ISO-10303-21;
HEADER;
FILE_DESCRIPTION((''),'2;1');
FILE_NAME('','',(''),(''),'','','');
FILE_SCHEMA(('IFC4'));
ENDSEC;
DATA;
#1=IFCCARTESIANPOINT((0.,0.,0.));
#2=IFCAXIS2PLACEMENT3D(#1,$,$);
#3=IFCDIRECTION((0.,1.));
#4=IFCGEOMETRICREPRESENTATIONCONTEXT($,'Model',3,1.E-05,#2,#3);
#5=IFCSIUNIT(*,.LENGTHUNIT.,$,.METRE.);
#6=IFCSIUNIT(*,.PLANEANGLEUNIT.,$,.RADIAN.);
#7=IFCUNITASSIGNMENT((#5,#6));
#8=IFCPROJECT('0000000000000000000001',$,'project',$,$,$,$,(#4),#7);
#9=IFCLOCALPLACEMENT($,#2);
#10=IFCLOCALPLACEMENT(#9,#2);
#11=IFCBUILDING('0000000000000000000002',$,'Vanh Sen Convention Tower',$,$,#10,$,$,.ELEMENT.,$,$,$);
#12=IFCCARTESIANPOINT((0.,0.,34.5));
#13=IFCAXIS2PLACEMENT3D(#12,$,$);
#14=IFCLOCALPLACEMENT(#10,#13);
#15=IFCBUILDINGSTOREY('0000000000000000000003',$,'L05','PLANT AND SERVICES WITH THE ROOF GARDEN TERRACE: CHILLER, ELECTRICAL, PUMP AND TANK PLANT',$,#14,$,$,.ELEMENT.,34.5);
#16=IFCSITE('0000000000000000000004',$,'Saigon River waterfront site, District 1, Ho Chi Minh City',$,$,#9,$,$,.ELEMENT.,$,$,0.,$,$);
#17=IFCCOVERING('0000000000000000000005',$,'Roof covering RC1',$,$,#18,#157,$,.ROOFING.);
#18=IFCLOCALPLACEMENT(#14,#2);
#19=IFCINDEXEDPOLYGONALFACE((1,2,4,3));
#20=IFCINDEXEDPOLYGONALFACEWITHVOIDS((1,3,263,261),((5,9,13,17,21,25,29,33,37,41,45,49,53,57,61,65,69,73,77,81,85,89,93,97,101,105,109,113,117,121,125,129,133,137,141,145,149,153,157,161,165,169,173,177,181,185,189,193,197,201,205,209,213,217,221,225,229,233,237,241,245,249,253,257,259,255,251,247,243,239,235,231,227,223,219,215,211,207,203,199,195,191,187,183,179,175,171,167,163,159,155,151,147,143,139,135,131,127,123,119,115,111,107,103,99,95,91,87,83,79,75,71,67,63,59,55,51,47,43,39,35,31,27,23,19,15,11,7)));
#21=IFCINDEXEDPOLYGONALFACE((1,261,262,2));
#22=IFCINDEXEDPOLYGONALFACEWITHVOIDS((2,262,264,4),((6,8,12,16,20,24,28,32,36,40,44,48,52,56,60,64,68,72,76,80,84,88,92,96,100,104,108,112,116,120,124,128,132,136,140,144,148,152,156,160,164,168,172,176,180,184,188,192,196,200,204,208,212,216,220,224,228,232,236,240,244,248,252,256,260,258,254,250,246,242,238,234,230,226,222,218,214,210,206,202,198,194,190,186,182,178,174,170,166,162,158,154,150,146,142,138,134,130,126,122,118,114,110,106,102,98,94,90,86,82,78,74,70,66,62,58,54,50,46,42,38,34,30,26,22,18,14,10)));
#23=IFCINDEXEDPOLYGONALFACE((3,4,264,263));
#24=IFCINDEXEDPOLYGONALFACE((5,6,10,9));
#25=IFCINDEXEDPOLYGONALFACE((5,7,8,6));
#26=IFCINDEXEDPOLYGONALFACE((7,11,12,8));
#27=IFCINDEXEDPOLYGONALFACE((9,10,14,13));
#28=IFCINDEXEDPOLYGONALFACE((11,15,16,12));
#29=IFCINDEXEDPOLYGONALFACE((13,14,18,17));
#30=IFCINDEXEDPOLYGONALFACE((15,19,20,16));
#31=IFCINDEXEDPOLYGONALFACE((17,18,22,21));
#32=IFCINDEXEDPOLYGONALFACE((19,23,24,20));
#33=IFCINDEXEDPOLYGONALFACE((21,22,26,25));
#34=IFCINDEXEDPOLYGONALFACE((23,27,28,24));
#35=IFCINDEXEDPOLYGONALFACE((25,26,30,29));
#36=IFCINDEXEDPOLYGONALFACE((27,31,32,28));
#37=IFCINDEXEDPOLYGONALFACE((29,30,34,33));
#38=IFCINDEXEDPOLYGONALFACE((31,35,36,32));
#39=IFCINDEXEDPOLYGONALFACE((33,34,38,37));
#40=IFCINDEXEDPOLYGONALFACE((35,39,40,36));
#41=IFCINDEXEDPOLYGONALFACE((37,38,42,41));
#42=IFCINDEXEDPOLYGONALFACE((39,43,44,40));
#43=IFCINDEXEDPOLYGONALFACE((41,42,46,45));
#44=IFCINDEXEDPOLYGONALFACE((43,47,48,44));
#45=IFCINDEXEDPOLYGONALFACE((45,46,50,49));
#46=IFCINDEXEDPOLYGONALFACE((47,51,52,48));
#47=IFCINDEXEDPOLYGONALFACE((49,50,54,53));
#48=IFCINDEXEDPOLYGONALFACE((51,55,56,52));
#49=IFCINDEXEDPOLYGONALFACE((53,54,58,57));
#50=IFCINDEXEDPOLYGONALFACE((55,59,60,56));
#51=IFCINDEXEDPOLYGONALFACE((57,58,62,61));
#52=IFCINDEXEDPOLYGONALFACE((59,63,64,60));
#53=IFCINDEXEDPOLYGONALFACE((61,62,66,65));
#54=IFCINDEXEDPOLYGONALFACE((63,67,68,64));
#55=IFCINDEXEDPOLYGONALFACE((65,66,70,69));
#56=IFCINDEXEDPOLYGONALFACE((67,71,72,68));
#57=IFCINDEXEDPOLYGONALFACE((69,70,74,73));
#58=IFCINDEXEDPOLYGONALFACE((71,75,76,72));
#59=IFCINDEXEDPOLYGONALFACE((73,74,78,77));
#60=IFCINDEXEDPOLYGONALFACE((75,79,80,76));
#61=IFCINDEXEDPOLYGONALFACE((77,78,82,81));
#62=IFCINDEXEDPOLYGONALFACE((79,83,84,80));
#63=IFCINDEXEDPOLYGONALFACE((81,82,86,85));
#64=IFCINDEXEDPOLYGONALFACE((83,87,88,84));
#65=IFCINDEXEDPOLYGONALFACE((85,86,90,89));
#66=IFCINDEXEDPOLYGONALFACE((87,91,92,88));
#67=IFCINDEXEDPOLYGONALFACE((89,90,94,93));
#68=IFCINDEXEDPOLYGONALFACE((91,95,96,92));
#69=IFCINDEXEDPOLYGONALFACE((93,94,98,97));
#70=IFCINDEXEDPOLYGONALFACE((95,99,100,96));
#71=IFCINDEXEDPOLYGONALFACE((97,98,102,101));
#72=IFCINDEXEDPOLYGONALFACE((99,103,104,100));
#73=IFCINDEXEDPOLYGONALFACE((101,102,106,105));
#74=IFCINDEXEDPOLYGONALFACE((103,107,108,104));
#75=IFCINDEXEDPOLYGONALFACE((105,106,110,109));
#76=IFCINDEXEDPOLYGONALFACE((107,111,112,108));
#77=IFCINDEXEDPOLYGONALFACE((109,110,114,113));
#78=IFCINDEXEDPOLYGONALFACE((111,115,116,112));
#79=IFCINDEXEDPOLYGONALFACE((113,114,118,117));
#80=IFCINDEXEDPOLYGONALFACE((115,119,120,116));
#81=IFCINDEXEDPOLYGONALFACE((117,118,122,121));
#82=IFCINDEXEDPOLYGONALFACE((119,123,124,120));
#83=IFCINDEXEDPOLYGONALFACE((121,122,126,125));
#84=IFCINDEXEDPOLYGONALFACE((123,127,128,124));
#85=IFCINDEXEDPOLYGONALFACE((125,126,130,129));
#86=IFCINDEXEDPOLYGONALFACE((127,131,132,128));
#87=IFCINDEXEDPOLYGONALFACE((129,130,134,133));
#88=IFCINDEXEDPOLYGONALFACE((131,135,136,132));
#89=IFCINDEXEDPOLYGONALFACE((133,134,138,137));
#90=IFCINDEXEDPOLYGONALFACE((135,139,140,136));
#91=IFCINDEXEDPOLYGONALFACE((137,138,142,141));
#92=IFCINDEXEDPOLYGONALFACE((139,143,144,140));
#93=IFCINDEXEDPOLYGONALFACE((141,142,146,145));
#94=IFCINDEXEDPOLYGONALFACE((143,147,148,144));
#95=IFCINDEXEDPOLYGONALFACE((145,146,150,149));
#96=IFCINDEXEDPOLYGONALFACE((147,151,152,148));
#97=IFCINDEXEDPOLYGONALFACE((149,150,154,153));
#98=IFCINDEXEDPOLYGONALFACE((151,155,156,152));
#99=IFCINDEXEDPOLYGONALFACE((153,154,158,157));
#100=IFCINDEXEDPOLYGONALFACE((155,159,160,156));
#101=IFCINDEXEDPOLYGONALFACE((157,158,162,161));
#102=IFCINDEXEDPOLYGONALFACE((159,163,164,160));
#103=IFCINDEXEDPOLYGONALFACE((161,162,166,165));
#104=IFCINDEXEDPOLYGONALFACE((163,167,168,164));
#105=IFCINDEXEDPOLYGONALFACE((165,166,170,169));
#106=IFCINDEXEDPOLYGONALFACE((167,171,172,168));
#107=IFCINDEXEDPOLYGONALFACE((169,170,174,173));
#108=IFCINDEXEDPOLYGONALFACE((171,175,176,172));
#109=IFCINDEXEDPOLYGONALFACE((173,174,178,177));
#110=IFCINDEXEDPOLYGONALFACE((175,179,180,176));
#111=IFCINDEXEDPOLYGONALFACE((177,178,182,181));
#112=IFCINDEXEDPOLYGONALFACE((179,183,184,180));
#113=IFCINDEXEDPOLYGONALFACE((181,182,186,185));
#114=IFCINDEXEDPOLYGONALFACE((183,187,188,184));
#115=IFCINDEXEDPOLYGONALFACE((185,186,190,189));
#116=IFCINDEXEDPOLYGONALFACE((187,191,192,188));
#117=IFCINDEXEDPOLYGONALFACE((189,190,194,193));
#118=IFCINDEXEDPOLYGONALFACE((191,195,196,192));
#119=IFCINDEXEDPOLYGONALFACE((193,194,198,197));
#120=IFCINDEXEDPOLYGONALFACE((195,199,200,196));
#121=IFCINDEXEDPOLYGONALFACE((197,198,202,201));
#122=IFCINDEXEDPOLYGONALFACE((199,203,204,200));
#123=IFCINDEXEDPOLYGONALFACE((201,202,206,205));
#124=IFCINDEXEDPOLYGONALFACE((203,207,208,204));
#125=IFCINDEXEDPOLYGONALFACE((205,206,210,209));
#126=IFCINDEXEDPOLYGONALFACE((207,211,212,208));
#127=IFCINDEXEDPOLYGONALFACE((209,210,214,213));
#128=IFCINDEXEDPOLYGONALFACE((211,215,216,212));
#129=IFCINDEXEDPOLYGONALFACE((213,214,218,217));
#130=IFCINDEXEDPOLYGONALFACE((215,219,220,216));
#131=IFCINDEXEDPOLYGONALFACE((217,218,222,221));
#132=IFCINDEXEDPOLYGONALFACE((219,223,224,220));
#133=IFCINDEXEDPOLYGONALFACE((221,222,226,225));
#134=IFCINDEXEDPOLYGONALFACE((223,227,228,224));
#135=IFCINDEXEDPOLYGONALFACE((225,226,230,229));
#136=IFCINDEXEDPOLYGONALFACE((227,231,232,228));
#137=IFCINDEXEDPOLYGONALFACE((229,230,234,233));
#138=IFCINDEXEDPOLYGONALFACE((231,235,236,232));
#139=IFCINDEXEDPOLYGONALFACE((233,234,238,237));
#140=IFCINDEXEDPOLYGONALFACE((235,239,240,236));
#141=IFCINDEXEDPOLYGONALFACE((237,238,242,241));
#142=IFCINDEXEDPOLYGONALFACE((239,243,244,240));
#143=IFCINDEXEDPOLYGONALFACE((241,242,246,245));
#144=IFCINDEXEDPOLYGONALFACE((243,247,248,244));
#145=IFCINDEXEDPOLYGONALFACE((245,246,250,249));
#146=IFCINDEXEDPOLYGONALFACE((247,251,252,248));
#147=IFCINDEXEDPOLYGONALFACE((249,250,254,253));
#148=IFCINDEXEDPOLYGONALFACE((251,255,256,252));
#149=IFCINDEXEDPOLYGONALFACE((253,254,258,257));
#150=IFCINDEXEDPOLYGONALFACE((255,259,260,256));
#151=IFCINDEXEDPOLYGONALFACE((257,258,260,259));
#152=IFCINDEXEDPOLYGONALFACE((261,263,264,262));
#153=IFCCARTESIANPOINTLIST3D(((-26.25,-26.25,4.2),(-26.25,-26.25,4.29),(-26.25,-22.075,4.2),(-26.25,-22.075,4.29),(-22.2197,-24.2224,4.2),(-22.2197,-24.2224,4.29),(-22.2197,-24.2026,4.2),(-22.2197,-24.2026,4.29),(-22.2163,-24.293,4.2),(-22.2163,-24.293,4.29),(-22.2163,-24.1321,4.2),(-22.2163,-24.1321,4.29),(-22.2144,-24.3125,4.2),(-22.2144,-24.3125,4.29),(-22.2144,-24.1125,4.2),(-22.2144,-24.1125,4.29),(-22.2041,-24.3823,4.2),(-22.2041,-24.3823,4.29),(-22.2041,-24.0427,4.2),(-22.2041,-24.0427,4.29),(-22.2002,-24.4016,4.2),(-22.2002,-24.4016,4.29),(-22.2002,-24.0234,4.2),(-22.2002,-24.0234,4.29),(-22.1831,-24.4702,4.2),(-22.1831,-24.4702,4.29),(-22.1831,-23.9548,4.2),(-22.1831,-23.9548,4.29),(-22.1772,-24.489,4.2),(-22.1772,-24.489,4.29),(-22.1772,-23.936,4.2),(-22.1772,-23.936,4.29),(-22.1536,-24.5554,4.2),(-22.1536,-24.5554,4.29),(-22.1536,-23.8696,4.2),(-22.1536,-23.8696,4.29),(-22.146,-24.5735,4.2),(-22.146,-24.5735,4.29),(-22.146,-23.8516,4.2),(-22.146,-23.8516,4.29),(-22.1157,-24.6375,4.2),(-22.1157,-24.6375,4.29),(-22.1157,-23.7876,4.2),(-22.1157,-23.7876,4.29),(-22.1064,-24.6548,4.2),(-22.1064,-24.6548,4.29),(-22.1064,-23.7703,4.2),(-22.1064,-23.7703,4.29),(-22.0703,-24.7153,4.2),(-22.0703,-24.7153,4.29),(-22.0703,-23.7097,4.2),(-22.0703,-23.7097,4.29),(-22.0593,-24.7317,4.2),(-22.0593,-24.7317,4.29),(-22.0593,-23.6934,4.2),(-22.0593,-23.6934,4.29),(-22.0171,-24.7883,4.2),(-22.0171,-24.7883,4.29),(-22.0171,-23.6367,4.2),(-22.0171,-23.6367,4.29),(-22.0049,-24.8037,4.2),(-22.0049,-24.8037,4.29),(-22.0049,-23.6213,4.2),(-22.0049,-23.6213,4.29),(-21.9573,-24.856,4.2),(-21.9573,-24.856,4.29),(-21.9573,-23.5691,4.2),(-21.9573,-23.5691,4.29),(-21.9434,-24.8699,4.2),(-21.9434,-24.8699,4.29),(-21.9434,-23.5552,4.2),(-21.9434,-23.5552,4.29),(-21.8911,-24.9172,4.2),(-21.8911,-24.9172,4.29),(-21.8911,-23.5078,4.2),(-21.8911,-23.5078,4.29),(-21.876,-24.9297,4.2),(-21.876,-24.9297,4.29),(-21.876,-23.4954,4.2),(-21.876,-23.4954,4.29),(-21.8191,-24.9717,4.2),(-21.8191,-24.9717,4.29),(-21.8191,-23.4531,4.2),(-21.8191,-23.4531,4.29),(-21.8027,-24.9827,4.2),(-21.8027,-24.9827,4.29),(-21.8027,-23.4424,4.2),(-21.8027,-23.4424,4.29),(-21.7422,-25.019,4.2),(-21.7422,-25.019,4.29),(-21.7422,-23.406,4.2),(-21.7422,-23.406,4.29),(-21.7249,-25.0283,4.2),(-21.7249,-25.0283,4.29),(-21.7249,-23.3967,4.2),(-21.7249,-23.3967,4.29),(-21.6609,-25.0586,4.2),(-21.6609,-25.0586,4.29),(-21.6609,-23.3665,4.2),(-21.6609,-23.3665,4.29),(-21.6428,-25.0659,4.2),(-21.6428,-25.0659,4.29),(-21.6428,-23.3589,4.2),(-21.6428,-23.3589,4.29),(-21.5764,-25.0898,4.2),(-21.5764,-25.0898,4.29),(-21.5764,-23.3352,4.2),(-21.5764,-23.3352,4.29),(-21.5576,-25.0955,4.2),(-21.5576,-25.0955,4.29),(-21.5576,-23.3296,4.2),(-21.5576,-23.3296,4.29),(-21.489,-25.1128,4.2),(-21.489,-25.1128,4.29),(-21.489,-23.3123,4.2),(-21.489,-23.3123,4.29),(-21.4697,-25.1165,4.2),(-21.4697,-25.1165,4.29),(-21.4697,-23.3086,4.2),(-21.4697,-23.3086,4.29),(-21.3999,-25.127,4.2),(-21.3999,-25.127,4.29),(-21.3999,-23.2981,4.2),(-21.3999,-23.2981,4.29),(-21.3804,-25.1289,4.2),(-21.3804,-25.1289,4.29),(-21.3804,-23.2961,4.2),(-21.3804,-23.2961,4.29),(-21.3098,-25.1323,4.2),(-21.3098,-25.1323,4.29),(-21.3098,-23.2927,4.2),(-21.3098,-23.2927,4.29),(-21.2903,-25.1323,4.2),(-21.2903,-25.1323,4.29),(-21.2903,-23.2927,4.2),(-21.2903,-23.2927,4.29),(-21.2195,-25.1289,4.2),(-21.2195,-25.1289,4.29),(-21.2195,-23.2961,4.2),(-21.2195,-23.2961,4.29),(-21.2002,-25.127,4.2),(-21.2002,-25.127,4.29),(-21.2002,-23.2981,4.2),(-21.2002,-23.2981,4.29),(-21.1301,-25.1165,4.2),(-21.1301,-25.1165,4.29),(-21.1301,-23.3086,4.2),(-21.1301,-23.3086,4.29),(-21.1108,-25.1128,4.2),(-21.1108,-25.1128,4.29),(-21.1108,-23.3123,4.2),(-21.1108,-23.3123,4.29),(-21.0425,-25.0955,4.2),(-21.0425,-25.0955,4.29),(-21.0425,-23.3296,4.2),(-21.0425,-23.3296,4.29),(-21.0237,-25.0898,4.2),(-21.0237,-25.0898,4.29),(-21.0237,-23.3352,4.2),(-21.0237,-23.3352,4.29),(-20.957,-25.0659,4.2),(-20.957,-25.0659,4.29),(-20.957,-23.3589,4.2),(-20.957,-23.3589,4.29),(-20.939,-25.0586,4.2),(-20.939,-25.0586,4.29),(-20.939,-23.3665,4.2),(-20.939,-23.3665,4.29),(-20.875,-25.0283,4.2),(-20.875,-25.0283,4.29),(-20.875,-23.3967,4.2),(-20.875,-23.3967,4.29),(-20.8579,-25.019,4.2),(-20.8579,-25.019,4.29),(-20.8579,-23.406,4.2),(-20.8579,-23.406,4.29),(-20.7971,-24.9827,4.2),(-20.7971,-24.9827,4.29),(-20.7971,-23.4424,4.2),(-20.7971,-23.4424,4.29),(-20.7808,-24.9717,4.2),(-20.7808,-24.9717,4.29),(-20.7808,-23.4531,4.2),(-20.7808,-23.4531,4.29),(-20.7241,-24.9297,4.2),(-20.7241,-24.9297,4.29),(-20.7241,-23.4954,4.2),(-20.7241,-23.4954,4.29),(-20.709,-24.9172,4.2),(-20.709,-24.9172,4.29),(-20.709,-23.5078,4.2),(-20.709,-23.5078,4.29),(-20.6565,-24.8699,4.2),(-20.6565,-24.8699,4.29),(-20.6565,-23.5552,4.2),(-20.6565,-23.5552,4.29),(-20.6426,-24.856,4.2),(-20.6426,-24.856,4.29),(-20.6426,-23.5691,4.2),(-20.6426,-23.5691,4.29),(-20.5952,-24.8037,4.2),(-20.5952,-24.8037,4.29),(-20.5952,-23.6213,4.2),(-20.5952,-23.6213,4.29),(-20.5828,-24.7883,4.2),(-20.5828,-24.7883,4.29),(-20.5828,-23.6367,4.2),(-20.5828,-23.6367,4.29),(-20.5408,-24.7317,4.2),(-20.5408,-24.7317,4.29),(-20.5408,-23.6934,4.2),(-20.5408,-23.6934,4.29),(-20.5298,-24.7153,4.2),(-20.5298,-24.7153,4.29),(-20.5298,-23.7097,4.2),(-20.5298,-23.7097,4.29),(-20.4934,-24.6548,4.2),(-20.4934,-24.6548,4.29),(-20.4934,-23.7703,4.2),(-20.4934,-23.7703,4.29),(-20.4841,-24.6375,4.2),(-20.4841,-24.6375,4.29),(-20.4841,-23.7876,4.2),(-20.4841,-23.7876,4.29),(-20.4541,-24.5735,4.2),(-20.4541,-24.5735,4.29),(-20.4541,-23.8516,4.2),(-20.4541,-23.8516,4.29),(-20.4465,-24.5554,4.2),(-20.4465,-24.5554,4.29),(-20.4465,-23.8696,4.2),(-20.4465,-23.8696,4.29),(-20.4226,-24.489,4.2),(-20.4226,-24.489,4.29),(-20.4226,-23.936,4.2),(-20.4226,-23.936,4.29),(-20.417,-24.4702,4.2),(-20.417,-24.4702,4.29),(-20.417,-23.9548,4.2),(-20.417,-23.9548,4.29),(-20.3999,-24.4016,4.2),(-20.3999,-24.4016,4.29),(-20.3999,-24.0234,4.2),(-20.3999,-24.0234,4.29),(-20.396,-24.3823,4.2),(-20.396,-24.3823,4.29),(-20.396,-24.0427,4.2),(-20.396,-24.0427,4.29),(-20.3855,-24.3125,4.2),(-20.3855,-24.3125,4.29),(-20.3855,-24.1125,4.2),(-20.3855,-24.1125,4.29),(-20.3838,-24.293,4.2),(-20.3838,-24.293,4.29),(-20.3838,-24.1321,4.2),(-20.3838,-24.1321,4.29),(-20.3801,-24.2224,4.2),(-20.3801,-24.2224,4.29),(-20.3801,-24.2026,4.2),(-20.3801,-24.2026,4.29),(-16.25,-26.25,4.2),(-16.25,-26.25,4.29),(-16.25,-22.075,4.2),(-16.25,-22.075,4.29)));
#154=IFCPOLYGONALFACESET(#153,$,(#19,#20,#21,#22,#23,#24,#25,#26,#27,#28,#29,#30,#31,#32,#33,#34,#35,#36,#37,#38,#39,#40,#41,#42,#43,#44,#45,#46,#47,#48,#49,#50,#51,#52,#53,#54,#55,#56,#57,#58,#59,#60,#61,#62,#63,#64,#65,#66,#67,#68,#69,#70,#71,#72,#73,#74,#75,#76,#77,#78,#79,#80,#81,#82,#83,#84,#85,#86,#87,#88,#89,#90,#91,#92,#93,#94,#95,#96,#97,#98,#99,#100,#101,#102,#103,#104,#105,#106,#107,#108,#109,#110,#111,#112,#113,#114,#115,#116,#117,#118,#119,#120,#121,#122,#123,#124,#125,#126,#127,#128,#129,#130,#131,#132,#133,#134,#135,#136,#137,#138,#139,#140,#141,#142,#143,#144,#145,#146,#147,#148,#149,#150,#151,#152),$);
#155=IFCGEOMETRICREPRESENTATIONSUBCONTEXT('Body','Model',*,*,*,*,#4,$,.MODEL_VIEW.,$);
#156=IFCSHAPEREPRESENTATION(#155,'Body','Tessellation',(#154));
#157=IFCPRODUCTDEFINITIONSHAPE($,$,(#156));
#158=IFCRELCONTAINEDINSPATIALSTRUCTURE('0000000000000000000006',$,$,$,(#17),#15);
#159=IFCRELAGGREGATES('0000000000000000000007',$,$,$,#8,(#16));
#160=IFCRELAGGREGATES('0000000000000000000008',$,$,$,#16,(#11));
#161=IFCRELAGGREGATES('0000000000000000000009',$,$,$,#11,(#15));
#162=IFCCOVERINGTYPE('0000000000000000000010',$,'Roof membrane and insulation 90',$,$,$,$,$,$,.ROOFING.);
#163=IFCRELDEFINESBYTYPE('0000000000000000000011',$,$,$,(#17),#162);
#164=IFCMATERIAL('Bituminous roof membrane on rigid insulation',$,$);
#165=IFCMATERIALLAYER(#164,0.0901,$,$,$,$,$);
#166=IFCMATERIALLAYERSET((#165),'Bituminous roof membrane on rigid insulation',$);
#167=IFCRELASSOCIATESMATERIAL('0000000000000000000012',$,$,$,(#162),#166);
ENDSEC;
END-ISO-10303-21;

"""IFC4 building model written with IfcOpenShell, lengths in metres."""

from ifc_helpers import new_model, si_unit, direction, frame, origin, place, context, subcontext, project, spatial, polyline, outline, extrude, material, layer, layer_set, type_object, element, save


model = new_model("IFC4")

# Units and contexts
model_context = context("Model", 3, precision=1e-05, world=origin(), true_north=direction((0.0, 1.0)))
body_context = subcontext(model_context, "Body", "Model", "MODEL_VIEW")
ifc_project = project(units=[si_unit("LENGTHUNIT", "METRE"), si_unit("PLANEANGLEUNIT", "RADIAN")], contexts=[model_context])

# Site, building, storey
site_placement = place(None, origin())
site = spatial("IfcSite", under=ifc_project, at=site_placement, Name="Saigon River waterfront site, District 1, Ho Chi Minh City", CompositionType="ELEMENT", RefElevation=0.0)
building_placement = place(site_placement, origin())
building = spatial("IfcBuilding", under=site, at=building_placement, Name="Vanh Sen Convention Tower", CompositionType="ELEMENT")
storey_placement = place(building_placement, frame((0.0, 0.0, 34.5)))
storey = spatial("IfcBuildingStorey", under=building, at=storey_placement, Name="L05", Description="PLANT AND SERVICES WITH THE ROOF GARDEN TERRACE: CHILLER, ELECTRICAL, PUMP AND TANK PLANT", CompositionType="ELEMENT", Elevation=34.5)

# Covering
ifc_material_1 = material(Name="Bituminous roof membrane on rigid insulation")
ifc_layer_1 = layer(ifc_material_1, 0.0901)
ifc_layer_set_1 = layer_set([ifc_layer_1], Name="Bituminous roof membrane on rigid insulation")
covering_type = type_object("IfcCoveringType", Name="Roof membrane and insulation 90", PredefinedType="ROOFING", material=ifc_layer_set_1)
covering_1_placement = place(storey_placement, frame((0.0, 0.0, 4.2)))
element("IfcCovering", 1, at=covering_1_placement, inside=storey, type_object=covering_type, Name="Roof covering RC1", PredefinedType="ROOFING", context=body_context, shape_type="SweptSolid", body=[
    extrude(outline(polyline([(-16.25, -22.075), (-26.25, -22.075), (-26.25, -26.25), (-16.25, -26.25), (-16.25, -22.075)]), holes=[polyline([(-20.4226, -24.489), (-20.417, -24.4702), (-20.3999, -24.4016), (-20.396, -24.3823), (-20.3855, -24.3125), (-20.3838, -24.293), (-20.3801, -24.2224), (-20.3801, -24.2026), (-20.3838, -24.1321), (-20.3855, -24.1125), (-20.396, -24.0427), (-20.3999, -24.0234), (-20.417, -23.9548), (-20.4226, -23.936), (-20.4465, -23.8696), (-20.4541, -23.8516), (-20.4841, -23.7876), (-20.4934, -23.7703), (-20.5298, -23.7097), (-20.5408, -23.6934), (-20.5828, -23.6367), (-20.5952, -23.6213), (-20.6426, -23.5691), (-20.6565, -23.5552), (-20.709, -23.5078), (-20.7241, -23.4954), (-20.7808, -23.4531), (-20.7971, -23.4424), (-20.8579, -23.406), (-20.875, -23.3967), (-20.939, -23.3665), (-20.957, -23.3589), (-21.0237, -23.3352), (-21.0425, -23.3296), (-21.1108, -23.3123), (-21.1301, -23.3086), (-21.2002, -23.2981), (-21.2195, -23.2961), (-21.2903, -23.2927), (-21.3098, -23.2927), (-21.3804, -23.2961), (-21.3999, -23.2981), (-21.4697, -23.3086), (-21.489, -23.3123), (-21.5576, -23.3296), (-21.5764, -23.3352), (-21.6428, -23.3589), (-21.6609, -23.3665), (-21.7249, -23.3967), (-21.7422, -23.406), (-21.8027, -23.4424), (-21.8191, -23.4531), (-21.876, -23.4954), (-21.8911, -23.5078), (-21.9434, -23.5552), (-21.9573, -23.5691), (-22.0049, -23.6213), (-22.0171, -23.6367), (-22.0593, -23.6934), (-22.0703, -23.7097), (-22.1064, -23.7703), (-22.1157, -23.7876), (-22.146, -23.8516), (-22.1536, -23.8696), (-22.1772, -23.936), (-22.1831, -23.9548), (-22.2002, -24.0234), (-22.2041, -24.0427), (-22.2144, -24.1125), (-22.2163, -24.1321), (-22.2197, -24.2026), (-22.2197, -24.2224), (-22.2163, -24.293), (-22.2144, -24.3125), (-22.2041, -24.3823), (-22.2002, -24.4016), (-22.1831, -24.4702), (-22.1772, -24.489), (-22.1536, -24.5554), (-22.146, -24.5735), (-22.1157, -24.6375), (-22.1064, -24.6548), (-22.0703, -24.7153), (-22.0593, -24.7317), (-22.0171, -24.7883), (-22.0049, -24.8037), (-21.9573, -24.856), (-21.9434, -24.8699), (-21.8911, -24.9172), (-21.876, -24.9297), (-21.8191, -24.9717), (-21.8027, -24.9827), (-21.7422, -25.019), (-21.7249, -25.0283), (-21.6609, -25.0586), (-21.6428, -25.0659), (-21.5764, -25.0898), (-21.5576, -25.0955), (-21.489, -25.1128), (-21.4697, -25.1165), (-21.3999, -25.127), (-21.3804, -25.1289), (-21.3098, -25.1323), (-21.2903, -25.1323), (-21.2195, -25.1289), (-21.2002, -25.127), (-21.1301, -25.1165), (-21.1108, -25.1128), (-21.0425, -25.0955), (-21.0237, -25.0898), (-20.957, -25.0659), (-20.939, -25.0586), (-20.875, -25.0283), (-20.8579, -25.019), (-20.7971, -24.9827), (-20.7808, -24.9717), (-20.7241, -24.9297), (-20.709, -24.9172), (-20.6565, -24.8699), (-20.6426, -24.856), (-20.5952, -24.8037), (-20.5828, -24.7883), (-20.5408, -24.7317), (-20.5298, -24.7153), (-20.4934, -24.6548), (-20.4841, -24.6375), (-20.4541, -24.5735), (-20.4465, -24.5554), (-20.4226, -24.489)])]), origin(), (0.0, 0.0, 1.0), 0.0901),
])

save(model, "model.ifc")
